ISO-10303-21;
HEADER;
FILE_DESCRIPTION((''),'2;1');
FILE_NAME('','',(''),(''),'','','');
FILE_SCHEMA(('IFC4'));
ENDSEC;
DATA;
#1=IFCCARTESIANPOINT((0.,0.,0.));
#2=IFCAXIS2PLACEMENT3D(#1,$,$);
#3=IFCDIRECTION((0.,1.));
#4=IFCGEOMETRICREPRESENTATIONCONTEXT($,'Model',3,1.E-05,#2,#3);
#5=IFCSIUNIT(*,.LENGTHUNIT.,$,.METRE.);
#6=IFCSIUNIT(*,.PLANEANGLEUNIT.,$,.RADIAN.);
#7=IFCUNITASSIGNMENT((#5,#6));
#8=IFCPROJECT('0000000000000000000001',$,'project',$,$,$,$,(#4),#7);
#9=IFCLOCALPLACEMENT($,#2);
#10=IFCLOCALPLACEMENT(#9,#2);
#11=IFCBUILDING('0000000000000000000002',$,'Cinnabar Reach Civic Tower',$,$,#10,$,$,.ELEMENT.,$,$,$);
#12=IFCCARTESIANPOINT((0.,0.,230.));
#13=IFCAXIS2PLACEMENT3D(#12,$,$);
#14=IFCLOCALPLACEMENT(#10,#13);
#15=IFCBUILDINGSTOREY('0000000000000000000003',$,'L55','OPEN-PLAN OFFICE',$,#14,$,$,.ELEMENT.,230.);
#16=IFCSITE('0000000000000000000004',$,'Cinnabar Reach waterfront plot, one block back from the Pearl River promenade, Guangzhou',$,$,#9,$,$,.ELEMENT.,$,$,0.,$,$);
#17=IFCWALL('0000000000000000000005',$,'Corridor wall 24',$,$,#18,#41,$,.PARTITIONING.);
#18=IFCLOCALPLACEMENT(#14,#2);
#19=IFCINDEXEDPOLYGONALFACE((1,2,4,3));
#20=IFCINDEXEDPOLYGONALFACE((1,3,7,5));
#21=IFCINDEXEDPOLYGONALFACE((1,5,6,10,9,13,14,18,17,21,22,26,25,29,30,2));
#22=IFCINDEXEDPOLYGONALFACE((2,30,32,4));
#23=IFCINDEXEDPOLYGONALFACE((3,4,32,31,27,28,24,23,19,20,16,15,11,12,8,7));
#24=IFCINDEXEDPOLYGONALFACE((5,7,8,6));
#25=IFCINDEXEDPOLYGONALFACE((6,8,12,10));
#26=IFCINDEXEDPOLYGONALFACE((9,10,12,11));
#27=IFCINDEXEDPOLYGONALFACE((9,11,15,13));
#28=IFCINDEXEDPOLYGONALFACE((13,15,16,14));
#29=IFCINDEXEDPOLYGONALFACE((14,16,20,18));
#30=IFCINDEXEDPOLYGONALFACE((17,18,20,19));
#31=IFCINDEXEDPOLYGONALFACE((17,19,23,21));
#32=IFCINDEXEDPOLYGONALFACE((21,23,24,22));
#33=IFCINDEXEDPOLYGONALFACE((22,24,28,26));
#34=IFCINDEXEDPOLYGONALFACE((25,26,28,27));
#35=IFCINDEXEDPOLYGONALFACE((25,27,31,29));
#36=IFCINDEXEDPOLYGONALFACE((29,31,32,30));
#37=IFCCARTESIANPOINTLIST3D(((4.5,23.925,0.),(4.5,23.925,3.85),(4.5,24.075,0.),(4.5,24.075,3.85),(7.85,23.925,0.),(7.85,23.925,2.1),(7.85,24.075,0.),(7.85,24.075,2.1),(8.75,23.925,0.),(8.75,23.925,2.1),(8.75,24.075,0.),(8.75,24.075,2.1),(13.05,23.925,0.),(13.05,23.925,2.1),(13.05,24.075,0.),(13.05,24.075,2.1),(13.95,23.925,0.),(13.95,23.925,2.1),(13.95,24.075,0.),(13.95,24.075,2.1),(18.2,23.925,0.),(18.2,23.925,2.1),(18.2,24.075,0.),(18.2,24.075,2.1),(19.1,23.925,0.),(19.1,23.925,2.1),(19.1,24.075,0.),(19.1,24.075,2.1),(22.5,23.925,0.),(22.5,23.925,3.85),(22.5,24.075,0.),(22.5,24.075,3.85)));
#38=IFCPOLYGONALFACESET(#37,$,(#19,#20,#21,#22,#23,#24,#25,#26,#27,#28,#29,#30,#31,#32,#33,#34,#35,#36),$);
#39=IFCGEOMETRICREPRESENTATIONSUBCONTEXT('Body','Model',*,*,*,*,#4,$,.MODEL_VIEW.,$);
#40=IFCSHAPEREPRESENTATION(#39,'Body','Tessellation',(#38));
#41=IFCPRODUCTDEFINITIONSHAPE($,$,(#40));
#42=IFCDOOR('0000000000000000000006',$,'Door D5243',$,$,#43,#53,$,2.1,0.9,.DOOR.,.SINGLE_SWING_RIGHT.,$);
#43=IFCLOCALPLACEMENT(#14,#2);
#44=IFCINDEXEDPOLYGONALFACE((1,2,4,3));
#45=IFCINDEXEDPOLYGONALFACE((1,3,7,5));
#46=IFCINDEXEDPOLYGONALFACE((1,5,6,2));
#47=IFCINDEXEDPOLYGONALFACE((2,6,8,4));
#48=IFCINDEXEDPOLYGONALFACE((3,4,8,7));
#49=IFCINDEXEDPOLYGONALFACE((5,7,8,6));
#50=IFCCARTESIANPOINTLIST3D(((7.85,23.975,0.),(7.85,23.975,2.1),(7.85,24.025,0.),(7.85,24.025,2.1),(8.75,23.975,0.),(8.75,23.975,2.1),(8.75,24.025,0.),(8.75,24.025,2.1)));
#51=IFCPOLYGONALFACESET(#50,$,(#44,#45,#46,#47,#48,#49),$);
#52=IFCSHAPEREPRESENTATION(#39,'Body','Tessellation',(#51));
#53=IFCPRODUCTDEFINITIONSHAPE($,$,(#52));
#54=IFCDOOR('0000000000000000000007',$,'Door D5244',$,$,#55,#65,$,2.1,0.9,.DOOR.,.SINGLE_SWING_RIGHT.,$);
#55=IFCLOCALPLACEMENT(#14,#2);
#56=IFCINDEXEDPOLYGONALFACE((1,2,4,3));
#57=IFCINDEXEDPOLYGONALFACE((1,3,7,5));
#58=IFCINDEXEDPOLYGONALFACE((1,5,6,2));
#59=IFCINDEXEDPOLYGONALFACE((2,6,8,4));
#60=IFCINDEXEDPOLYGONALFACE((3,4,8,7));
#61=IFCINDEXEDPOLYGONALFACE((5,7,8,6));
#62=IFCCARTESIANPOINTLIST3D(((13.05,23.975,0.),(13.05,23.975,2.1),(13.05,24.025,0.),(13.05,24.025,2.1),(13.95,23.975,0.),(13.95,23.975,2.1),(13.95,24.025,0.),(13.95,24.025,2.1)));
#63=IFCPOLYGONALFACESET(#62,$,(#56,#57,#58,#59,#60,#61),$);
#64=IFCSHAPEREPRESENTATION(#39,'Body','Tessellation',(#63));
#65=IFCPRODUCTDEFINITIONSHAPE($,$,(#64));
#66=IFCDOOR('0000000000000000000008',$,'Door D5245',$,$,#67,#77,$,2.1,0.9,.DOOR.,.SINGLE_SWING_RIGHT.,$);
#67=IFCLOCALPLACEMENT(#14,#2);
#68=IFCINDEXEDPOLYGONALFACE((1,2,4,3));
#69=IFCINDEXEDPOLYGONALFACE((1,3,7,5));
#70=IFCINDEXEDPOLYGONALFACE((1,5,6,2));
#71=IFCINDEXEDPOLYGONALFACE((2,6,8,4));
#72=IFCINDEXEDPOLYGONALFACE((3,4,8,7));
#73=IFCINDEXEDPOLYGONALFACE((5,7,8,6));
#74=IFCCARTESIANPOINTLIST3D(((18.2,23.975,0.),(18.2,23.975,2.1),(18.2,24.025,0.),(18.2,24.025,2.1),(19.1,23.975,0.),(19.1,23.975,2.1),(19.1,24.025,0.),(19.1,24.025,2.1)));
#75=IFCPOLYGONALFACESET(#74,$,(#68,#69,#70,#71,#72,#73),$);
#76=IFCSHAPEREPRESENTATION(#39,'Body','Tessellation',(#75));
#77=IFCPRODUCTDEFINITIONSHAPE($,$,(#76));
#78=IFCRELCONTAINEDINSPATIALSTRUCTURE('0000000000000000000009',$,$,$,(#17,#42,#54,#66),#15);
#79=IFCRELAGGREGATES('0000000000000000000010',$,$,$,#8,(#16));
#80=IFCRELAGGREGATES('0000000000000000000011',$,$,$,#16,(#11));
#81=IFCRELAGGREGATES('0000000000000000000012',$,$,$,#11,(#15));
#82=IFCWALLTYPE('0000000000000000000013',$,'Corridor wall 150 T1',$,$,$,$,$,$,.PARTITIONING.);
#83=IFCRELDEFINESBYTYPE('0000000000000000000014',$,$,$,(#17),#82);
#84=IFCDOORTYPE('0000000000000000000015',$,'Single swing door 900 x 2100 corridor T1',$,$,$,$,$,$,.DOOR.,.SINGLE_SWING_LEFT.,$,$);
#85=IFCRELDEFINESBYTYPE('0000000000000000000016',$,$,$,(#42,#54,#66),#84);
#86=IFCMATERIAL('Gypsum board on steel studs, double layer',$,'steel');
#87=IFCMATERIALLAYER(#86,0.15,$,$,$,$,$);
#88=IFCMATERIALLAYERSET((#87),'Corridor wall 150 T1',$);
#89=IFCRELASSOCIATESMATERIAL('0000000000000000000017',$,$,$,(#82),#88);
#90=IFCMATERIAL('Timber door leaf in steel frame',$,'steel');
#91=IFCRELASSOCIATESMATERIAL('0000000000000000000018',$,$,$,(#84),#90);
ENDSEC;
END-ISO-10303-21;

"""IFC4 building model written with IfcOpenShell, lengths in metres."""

from ifc_helpers import new_model, si_unit, direction, frame, frame_2d, origin, place, context, subcontext, project, spatial, rectangle, extrude, material, layer, layer_set, type_object, element, fill, save


model = new_model("IFC4")

# Units and contexts
model_context = context("Model", 3, precision=1e-05, world=origin(), true_north=direction((0.0, 1.0)))
body_context = subcontext(model_context, "Body", "Model", "MODEL_VIEW")
ifc_project = project(units=[si_unit("LENGTHUNIT", "METRE"), si_unit("PLANEANGLEUNIT", "RADIAN")], contexts=[model_context])

# Site, building, storey
site_placement = place(None, origin())
site = spatial("IfcSite", under=ifc_project, at=site_placement, Name="Cinnabar Reach waterfront plot, one block back from the Pearl River promenade, Guangzhou", CompositionType="ELEMENT", RefElevation=0.0)
building_placement = place(site_placement, origin())
building = spatial("IfcBuilding", under=site, at=building_placement, Name="Cinnabar Reach Civic Tower", CompositionType="ELEMENT")
storey_placement = place(building_placement, frame((0.0, 0.0, 230.0)))
storey = spatial("IfcBuildingStorey", under=building, at=storey_placement, Name="L55", Description="OPEN-PLAN OFFICE", CompositionType="ELEMENT", Elevation=230.0)

# Shared definitions
ifc_material_1 = material(Name="Timber door leaf in steel frame", Category="steel")

# Wall, openings, doors
ifc_material_2 = material(Name="Gypsum board on steel studs, double layer", Category="steel")
ifc_layer_1 = layer(ifc_material_2, 0.15)
ifc_layer_set_1 = layer_set([ifc_layer_1], Name="Corridor wall 150 T1")
wall_type_1 = type_object("IfcWallType", Name="Corridor wall 150 T1", PredefinedType="PARTITIONING", material=ifc_layer_set_1)
wall_1_placement = place(storey_placement, frame((4.5, 24.0, 0.0), z_axis=(0.0, 0.0, 1.0), x_axis=(1.0, 0.0, 0.0)))
wall_1 = element("IfcWall", 1, at=wall_1_placement, inside=storey, type_object=wall_type_1, Name="Corridor wall 24", PredefinedType="PARTITIONING", context=body_context, shape_type="SweptSolid", body=[
    extrude(rectangle(XDim=18.0, YDim=0.15, at=frame_2d((9.0, 0.0))), origin(), (0.0, 0.0, 1.0), 3.85),
])
opening_1_placement = place(wall_1_placement, frame((3.35, 0.0, 0.0)))
opening_1 = element("IfcOpeningElement", 2, at=opening_1_placement, cuts=wall_1, PredefinedType="OPENING", context=body_context, shape_type="SweptSolid", body=[
    extrude(rectangle(XDim=0.9, YDim=2.1, at=frame_2d((0.45, 1.05))), frame((0.0, 0.085, 0.0), z_axis=(0.0, -1.0, 0.0), x_axis=(1.0, 0.0, 0.0)), (0.0, 0.0, 1.0), 0.17),
])
opening_2_placement = place(wall_1_placement, frame((8.55, 0.0, 0.0)))
opening_2 = element("IfcOpeningElement", 3, at=opening_2_placement, cuts=wall_1, PredefinedType="OPENING", context=body_context, shape_type="SweptSolid", body=[
    extrude(rectangle(XDim=0.9, YDim=2.1, at=frame_2d((0.45, 1.05))), frame((0.0, 0.085, 0.0), z_axis=(0.0, -1.0, 0.0), x_axis=(1.0, 0.0, 0.0)), (0.0, 0.0, 1.0), 0.17),
])
opening_3_placement = place(wall_1_placement, frame((13.7, 0.0, 0.0)))
opening_3 = element("IfcOpeningElement", 4, at=opening_3_placement, cuts=wall_1, PredefinedType="OPENING", context=body_context, shape_type="SweptSolid", body=[
    extrude(rectangle(XDim=0.9, YDim=2.1, at=frame_2d((0.45, 1.05))), frame((0.0, 0.085, 0.0), z_axis=(0.0, -1.0, 0.0), x_axis=(1.0, 0.0, 0.0)), (0.0, 0.0, 1.0), 0.17),
])
door_type_1 = type_object("IfcDoorType", Name="Single swing door 900 x 2100 corridor T1", OperationType="SINGLE_SWING_LEFT", PredefinedType="DOOR", material=ifc_material_1)
door_1_placement = place(opening_1_placement, frame((0.9, 0.0, 0.0), z_axis=(0.0, 0.0, 1.0), x_axis=(-1.0, 0.0, 0.0)))
door_1 = element("IfcDoor", 5, at=door_1_placement, inside=storey, type_object=door_type_1, Name="Door D5243", OperationType="SINGLE_SWING_RIGHT", OverallHeight=2.1, OverallWidth=0.9, PredefinedType="DOOR", context=body_context, shape_type="SweptSolid", body=[
    extrude(rectangle(XDim=0.9, YDim=2.1, at=frame_2d((0.45, 1.05))), frame((0.0, 0.025, 0.0), z_axis=(0.0, -1.0, 0.0), x_axis=(1.0, 0.0, 0.0)), (0.0, 0.0, 1.0), 0.05),
])
fill(opening_1, door_1)
door_2_placement = place(opening_2_placement, frame((0.9, 0.0, 0.0), z_axis=(0.0, 0.0, 1.0), x_axis=(-1.0, 0.0, 0.0)))
door_2 = element("IfcDoor", 6, at=door_2_placement, inside=storey, type_object=door_type_1, Name="Door D5244", OperationType="SINGLE_SWING_RIGHT", OverallHeight=2.1, OverallWidth=0.9, PredefinedType="DOOR", context=body_context, shape_type="SweptSolid", body=[
    extrude(rectangle(XDim=0.9, YDim=2.1, at=frame_2d((0.45, 1.05))), frame((0.0, 0.025, 0.0), z_axis=(0.0, -1.0, 0.0), x_axis=(1.0, 0.0, 0.0)), (0.0, 0.0, 1.0), 0.05),
])
fill(opening_2, door_2)
door_3_placement = place(opening_3_placement, frame((0.9, 0.0, 0.0), z_axis=(0.0, 0.0, 1.0), x_axis=(-1.0, 0.0, 0.0)))
door_3 = element("IfcDoor", 7, at=door_3_placement, inside=storey, type_object=door_type_1, Name="Door D5245", OperationType="SINGLE_SWING_RIGHT", OverallHeight=2.1, OverallWidth=0.9, PredefinedType="DOOR", context=body_context, shape_type="SweptSolid", body=[
    extrude(rectangle(XDim=0.9, YDim=2.1, at=frame_2d((0.45, 1.05))), frame((0.0, 0.025, 0.0), z_axis=(0.0, -1.0, 0.0), x_axis=(1.0, 0.0, 0.0)), (0.0, 0.0, 1.0), 0.05),
])
fill(opening_3, door_3)

save(model, "model.ifc")
